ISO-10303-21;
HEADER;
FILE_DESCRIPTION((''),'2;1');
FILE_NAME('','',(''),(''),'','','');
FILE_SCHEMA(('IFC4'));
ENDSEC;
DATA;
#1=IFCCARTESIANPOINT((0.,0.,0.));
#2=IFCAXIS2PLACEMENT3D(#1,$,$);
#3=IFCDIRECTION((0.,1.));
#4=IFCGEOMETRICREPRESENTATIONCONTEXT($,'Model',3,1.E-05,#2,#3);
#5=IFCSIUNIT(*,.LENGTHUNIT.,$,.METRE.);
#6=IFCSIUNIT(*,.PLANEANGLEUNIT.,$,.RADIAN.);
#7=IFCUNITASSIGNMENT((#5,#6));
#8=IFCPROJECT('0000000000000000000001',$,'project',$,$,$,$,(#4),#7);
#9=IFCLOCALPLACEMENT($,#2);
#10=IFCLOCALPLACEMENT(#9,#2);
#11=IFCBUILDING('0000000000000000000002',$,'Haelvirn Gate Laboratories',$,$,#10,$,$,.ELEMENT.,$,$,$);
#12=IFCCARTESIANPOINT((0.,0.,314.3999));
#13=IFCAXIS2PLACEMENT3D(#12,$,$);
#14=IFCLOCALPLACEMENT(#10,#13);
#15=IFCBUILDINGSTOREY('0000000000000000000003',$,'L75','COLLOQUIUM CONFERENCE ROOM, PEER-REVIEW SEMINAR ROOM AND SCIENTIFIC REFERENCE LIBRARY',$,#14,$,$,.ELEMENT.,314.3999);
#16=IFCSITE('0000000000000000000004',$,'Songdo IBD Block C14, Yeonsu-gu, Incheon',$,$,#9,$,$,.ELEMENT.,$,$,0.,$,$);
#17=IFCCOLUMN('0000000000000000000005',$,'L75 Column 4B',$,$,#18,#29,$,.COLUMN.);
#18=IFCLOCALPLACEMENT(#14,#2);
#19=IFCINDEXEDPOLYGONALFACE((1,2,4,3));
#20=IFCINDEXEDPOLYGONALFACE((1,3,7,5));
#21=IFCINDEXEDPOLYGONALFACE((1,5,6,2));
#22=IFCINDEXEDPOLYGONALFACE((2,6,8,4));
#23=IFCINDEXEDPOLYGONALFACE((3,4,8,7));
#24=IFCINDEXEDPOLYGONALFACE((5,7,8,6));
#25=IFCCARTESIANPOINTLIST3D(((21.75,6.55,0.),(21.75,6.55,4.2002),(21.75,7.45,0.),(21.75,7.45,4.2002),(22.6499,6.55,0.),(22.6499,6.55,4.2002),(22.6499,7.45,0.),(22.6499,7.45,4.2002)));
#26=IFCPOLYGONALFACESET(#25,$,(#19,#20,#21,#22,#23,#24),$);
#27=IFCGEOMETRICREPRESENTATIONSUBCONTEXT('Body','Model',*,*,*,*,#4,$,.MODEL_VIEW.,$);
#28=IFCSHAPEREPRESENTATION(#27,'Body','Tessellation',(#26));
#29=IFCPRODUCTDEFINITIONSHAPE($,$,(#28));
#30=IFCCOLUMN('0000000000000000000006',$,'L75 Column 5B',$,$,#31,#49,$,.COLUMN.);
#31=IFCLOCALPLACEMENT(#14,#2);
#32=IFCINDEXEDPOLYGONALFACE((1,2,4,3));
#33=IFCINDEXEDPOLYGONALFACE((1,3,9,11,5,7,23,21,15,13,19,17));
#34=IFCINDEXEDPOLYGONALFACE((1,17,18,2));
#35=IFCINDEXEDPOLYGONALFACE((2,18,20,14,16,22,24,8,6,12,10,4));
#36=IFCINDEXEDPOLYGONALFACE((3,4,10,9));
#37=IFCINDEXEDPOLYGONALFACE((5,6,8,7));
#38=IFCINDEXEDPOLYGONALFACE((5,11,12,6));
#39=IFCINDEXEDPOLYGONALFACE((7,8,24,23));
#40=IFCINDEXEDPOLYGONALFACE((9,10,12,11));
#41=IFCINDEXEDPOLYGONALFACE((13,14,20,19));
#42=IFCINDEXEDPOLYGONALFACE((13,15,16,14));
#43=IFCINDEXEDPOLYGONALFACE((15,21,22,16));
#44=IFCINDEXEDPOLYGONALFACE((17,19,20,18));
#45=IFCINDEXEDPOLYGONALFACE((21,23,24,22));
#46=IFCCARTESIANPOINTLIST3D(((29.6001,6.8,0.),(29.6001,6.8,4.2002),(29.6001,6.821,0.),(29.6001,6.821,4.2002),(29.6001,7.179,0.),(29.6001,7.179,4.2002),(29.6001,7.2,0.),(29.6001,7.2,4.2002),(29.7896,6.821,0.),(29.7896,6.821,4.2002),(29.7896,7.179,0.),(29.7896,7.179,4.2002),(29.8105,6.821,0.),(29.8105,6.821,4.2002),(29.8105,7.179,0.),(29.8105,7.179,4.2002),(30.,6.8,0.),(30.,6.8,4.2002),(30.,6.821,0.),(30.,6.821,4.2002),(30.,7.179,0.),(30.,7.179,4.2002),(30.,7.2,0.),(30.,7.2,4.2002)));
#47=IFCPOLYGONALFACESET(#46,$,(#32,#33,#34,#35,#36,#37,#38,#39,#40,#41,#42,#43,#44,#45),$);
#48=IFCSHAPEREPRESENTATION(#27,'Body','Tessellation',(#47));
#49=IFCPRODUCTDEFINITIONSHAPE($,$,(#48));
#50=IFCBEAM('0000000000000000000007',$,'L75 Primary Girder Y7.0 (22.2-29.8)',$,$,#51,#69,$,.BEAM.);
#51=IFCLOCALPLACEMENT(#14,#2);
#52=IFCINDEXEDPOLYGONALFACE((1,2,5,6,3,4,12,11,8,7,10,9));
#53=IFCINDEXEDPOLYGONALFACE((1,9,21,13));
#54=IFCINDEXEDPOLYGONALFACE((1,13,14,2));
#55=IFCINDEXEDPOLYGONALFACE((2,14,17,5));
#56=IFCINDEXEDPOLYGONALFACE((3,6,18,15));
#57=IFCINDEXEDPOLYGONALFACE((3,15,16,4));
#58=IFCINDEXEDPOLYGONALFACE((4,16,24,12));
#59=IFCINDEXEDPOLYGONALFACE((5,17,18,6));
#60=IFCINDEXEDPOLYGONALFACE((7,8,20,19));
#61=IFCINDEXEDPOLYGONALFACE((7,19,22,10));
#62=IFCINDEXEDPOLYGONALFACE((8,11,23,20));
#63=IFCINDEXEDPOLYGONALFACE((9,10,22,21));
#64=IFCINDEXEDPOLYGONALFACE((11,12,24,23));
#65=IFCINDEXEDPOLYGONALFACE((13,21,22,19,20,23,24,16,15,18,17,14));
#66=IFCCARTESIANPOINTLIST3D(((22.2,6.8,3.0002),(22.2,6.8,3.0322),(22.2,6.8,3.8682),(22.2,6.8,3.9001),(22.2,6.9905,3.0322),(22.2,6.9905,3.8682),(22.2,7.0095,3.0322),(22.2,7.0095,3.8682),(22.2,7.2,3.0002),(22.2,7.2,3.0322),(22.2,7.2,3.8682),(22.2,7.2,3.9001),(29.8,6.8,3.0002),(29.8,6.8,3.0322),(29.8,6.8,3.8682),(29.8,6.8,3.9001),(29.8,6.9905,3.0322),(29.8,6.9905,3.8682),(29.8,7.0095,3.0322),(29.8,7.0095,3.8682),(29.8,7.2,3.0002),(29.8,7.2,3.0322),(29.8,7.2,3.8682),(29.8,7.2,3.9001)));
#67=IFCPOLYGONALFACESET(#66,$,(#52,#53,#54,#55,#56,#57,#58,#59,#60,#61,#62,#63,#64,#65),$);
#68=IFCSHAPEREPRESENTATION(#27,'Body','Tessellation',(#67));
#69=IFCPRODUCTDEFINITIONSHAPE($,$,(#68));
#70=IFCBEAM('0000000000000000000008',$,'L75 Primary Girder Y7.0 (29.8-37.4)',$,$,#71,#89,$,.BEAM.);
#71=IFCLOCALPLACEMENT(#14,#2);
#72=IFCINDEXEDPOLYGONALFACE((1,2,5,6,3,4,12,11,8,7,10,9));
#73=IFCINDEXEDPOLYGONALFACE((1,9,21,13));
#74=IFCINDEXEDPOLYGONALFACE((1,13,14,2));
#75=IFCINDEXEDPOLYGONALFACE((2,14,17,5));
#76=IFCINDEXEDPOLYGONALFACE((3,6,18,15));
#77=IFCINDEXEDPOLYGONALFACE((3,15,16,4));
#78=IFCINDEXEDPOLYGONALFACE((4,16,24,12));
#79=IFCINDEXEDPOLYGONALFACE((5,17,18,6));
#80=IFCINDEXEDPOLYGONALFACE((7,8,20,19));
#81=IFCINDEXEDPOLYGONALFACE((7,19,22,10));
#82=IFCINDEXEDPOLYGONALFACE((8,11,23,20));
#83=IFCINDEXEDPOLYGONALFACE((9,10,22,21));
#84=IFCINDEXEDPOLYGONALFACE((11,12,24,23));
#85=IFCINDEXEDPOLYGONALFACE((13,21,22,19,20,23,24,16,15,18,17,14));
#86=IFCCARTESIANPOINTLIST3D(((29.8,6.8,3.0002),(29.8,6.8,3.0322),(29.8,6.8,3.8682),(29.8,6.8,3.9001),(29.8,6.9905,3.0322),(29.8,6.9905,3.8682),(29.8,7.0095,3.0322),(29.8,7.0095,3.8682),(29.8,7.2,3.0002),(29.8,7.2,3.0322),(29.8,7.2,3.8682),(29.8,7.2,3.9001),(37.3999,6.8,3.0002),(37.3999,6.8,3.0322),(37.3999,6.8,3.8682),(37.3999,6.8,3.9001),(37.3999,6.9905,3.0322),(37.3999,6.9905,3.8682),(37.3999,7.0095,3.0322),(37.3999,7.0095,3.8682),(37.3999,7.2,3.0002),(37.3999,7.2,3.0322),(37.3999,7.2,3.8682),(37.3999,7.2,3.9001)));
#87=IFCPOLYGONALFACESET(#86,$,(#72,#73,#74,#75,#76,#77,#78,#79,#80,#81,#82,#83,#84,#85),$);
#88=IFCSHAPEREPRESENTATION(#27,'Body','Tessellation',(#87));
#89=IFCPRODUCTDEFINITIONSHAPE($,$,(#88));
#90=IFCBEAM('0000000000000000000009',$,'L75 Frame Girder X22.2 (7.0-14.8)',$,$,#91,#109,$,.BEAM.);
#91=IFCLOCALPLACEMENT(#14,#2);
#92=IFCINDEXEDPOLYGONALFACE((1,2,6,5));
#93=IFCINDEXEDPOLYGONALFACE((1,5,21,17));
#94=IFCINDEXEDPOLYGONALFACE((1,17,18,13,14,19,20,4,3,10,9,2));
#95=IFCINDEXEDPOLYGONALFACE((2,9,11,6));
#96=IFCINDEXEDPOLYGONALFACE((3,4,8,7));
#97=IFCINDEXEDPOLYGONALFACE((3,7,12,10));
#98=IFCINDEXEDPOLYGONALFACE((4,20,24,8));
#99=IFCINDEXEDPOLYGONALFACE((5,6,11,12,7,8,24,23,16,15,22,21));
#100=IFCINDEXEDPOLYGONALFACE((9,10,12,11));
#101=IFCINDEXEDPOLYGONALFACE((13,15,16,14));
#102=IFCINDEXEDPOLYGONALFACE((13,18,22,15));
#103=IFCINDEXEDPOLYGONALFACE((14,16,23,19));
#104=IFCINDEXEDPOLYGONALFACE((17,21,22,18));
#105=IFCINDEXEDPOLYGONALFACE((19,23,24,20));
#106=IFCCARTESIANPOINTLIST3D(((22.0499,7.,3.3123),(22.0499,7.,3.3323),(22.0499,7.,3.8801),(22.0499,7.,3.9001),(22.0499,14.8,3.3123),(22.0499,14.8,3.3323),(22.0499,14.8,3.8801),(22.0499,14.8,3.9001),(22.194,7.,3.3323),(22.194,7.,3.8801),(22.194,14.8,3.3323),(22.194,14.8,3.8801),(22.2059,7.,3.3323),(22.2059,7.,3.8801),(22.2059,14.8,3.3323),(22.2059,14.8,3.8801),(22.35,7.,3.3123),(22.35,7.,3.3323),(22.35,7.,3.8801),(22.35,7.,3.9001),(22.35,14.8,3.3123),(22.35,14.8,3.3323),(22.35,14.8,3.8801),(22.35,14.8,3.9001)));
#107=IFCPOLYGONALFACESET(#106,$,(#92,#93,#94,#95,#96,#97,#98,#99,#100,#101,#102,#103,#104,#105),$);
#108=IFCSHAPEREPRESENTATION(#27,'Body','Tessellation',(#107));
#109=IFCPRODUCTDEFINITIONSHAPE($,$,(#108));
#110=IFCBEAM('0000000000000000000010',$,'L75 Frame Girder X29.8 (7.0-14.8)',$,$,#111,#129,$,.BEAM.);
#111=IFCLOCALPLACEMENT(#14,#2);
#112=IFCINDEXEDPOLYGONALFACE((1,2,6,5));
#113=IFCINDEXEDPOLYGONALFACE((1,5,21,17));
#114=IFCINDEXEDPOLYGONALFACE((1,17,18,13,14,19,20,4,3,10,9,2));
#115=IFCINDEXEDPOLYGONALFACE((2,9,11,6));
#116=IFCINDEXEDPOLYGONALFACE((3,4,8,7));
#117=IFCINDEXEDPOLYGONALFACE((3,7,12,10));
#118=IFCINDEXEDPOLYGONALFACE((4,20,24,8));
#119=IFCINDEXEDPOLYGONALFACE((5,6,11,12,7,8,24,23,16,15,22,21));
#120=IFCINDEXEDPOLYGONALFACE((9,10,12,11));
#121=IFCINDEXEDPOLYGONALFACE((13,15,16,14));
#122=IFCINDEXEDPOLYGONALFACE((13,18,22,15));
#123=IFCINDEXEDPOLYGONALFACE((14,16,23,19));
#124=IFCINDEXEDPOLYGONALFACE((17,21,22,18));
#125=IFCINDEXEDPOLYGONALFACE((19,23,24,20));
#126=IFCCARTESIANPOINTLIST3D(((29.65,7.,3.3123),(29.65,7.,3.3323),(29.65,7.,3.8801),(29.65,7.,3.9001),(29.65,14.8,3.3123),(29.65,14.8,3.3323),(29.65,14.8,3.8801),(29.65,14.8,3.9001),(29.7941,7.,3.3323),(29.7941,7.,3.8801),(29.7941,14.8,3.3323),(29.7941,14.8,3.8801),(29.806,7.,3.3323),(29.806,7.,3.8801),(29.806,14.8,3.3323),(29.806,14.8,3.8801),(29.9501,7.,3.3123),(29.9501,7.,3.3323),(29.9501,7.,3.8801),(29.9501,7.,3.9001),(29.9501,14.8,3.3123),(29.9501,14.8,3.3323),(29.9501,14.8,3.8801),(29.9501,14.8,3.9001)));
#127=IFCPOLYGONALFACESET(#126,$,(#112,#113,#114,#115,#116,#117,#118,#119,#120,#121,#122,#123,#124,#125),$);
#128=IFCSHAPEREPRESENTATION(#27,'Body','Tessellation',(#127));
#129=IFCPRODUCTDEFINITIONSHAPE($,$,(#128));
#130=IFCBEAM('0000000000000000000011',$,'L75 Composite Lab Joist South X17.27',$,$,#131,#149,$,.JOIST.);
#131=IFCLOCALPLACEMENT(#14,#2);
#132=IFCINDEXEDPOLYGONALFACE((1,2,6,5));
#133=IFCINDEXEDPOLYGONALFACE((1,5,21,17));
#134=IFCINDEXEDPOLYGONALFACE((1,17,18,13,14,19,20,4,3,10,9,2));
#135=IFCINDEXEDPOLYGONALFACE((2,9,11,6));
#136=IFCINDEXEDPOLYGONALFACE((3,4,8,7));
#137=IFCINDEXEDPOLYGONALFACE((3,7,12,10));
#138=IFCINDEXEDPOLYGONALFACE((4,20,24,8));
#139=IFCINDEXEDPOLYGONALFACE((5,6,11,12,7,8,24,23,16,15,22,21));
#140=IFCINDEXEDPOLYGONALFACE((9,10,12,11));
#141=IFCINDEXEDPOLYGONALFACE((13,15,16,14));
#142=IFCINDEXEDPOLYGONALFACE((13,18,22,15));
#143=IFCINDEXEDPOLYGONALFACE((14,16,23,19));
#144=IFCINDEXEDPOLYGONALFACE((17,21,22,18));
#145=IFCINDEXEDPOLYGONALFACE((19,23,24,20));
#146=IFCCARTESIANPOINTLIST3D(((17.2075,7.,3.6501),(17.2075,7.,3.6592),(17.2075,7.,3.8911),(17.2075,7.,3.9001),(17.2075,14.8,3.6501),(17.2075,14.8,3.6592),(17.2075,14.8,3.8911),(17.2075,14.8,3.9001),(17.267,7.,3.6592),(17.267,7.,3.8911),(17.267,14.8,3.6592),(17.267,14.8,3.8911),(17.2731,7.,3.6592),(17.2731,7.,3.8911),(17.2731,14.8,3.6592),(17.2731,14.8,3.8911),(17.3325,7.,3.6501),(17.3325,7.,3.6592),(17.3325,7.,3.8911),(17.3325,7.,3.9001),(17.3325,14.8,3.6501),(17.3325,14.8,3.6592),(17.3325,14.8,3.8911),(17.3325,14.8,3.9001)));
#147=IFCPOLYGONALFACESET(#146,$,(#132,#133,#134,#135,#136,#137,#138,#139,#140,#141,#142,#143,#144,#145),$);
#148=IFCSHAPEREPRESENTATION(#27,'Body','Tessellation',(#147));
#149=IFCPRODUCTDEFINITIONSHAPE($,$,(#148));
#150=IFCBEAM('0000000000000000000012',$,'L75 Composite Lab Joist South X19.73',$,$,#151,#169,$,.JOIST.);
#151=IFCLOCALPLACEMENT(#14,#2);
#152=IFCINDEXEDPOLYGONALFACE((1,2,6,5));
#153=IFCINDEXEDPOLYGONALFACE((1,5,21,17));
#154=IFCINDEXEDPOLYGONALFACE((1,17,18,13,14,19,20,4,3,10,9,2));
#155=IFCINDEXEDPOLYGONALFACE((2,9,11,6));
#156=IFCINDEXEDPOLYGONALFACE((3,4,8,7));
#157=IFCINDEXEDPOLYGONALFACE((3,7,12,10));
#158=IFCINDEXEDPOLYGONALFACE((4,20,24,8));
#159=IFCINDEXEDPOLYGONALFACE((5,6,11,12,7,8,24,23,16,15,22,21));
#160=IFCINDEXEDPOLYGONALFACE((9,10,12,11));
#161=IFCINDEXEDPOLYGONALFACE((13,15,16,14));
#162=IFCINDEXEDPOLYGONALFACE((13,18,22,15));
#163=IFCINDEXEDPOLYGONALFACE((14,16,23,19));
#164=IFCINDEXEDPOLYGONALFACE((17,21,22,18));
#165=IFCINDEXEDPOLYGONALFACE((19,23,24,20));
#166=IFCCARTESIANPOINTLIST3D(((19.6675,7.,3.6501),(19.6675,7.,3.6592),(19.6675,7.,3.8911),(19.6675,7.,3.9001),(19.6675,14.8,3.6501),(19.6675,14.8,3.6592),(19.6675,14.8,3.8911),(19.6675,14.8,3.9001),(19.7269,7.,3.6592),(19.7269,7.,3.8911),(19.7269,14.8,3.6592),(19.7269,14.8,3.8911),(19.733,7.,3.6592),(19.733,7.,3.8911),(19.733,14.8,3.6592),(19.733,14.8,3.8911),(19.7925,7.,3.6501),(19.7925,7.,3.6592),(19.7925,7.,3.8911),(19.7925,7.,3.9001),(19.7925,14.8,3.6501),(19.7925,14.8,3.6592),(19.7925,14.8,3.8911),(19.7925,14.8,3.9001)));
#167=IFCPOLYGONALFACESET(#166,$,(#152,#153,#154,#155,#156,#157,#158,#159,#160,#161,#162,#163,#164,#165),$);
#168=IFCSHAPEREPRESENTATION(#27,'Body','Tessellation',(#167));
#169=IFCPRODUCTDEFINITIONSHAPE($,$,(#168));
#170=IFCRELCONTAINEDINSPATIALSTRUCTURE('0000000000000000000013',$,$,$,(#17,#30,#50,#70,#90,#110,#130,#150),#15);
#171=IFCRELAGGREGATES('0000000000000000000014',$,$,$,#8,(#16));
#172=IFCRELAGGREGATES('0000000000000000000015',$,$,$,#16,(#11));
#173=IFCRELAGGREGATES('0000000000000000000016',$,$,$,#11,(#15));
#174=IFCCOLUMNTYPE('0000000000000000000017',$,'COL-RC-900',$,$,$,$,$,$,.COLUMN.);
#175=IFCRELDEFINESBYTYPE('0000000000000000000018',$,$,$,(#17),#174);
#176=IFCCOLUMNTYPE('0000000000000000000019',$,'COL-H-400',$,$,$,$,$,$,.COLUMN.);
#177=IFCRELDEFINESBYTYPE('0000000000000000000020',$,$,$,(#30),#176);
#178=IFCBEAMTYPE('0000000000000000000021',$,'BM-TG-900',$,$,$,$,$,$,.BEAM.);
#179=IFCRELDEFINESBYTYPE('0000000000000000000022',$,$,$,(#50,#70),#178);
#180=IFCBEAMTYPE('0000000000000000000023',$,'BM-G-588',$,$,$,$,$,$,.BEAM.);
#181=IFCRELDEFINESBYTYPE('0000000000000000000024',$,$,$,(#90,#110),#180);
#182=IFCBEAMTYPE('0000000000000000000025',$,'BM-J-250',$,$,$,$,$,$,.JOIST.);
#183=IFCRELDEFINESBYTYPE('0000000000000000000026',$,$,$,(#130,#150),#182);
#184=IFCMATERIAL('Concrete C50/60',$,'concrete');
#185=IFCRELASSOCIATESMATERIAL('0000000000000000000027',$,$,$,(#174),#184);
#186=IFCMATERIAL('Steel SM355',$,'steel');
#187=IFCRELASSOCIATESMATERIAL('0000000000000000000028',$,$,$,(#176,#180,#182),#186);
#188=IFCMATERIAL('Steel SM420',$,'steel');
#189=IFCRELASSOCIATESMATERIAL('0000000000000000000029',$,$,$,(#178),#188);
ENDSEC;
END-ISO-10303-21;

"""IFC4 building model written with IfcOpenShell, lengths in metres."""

from ifc_helpers import new_model, si_unit, direction, frame, origin, origin_2d, place, context, subcontext, project, spatial, rectangle, i_section, extrude, source, transform, mapped, material, material_profile, profile_set, type_object, type_shapes, element, save


model = new_model("IFC4")

# Units and contexts
model_context = context("Model", 3, precision=1e-05, world=origin(), true_north=direction((0.0, 1.0)))
body_context = subcontext(model_context, "Body", "Model", "MODEL_VIEW")
ifc_project = project(units=[si_unit("LENGTHUNIT", "METRE"), si_unit("PLANEANGLEUNIT", "RADIAN")], contexts=[model_context])

# Site, building, storey
site_placement = place(None, origin())
site = spatial("IfcSite", under=ifc_project, at=site_placement, Name="Songdo IBD Block C14, Yeonsu-gu, Incheon", CompositionType="ELEMENT", RefElevation=0.0)
building_placement = place(site_placement, origin())
building = spatial("IfcBuilding", under=site, at=building_placement, Name="Haelvirn Gate Laboratories", CompositionType="ELEMENT")
storey_placement = place(building_placement, frame((0.0, 0.0, 314.3999)))
storey = spatial("IfcBuildingStorey", under=building, at=storey_placement, Name="L75", Description="COLLOQUIUM CONFERENCE ROOM, PEER-REVIEW SEMINAR ROOM AND SCIENTIFIC REFERENCE LIBRARY", CompositionType="ELEMENT", Elevation=314.3999)

# Columns
ifc_material_1 = material(Name="Concrete C50/60", Category="concrete")
ifc_material_profile_1 = material_profile(ifc_material_1, rectangle(XDim=0.8999, YDim=0.8999, at=origin_2d()), Name="RC-900x900")
ifc_profile_set_1 = profile_set([ifc_material_profile_1], Name="Concrete C50/60")
column_type_1 = type_object("IfcColumnType", Name="COL-RC-900", PredefinedType="COLUMN", material=ifc_profile_set_1)
shared_shape_1 = source(origin(), body_context, "Body", "SweptSolid", [
    extrude(rectangle(XDim=0.8999, YDim=0.8999, at=origin_2d()), origin(), (0.0, 0.0, 1.0), 4.2002),
])
type_shapes(column_type_1, [shared_shape_1])
column_1_placement = place(storey_placement, frame((22.2, 7.0, 0.0), z_axis=(0.0, 0.0, 1.0), x_axis=(1.0, 0.0, 0.0)))
element("IfcColumn", 1, at=column_1_placement, inside=storey, type_object=column_type_1, Name="L75 Column 4B", PredefinedType="COLUMN", context=body_context, shape_type="MappedRepresentation", body=[
    mapped(shared_shape_1, transform((0.0, 0.0, 0.0), scale=1.0)),
])
ifc_material_2 = material(Name="Steel SM355", Category="steel")
ifc_material_profile_2 = material_profile(ifc_material_2, i_section(OverallWidth=0.3999, OverallDepth=0.3999, WebThickness=0.021, FlangeThickness=0.021, at=origin_2d()), Name="H-400x400x21x21")
ifc_profile_set_2 = profile_set([ifc_material_profile_2], Name="Steel SM355")
column_type_2 = type_object("IfcColumnType", Name="COL-H-400", PredefinedType="COLUMN", material=ifc_profile_set_2)
shared_shape_2 = source(origin(), body_context, "Body", "SweptSolid", [
    extrude(i_section(OverallWidth=0.3999, OverallDepth=0.3999, WebThickness=0.021, FlangeThickness=0.021, at=origin_2d()), origin(), (0.0, 0.0, 1.0), 4.2002),
])
type_shapes(column_type_2, [shared_shape_2])
column_2_placement = place(storey_placement, frame((29.8, 7.0, 0.0), z_axis=(0.0, 0.0, 1.0), x_axis=(1.0, 0.0, 0.0)))
element("IfcColumn", 2, at=column_2_placement, inside=storey, type_object=column_type_2, Name="L75 Column 5B", PredefinedType="COLUMN", context=body_context, shape_type="MappedRepresentation", body=[
    mapped(shared_shape_2, transform((0.0, 0.0, 0.0), scale=1.0)),
])

# Beams
ifc_material_3 = material(Name="Steel SM420", Category="steel")
ifc_material_profile_3 = material_profile(ifc_material_3, i_section(OverallWidth=0.3999, OverallDepth=0.8999, WebThickness=0.019, FlangeThickness=0.032, at=origin_2d()), Name="H-900x400x19x32")
ifc_profile_set_3 = profile_set([ifc_material_profile_3], Name="Steel SM420")
beam_type_1 = type_object("IfcBeamType", Name="BM-TG-900", PredefinedType="BEAM", material=ifc_profile_set_3)
shared_shape_3 = source(origin(), body_context, "Body", "SweptSolid", [
    extrude(i_section(OverallWidth=0.3999, OverallDepth=0.8999, WebThickness=0.019, FlangeThickness=0.032, at=origin_2d()), origin(), (0.0, 0.0, 1.0), 7.6001),
])
beam_1_placement = place(storey_placement, frame((22.2, 7.0, 3.4502), z_axis=(1.0, 0.0, 0.0), x_axis=(0.0, 1.0, 0.0)))
element("IfcBeam", 3, at=beam_1_placement, inside=storey, type_object=beam_type_1, Name="L75 Primary Girder Y7.0 (22.2-29.8)", PredefinedType="BEAM", context=body_context, shape_type="MappedRepresentation", body=[
    mapped(shared_shape_3, transform((0.0, 0.0, 0.0), scale=1.0)),
])
shared_shape_4 = source(origin(), body_context, "Body", "SweptSolid", [
    extrude(i_section(OverallWidth=0.3999, OverallDepth=0.8999, WebThickness=0.019, FlangeThickness=0.032, at=origin_2d()), origin(), (0.0, 0.0, 1.0), 7.5999),
])
type_shapes(beam_type_1, [shared_shape_3, shared_shape_4])
beam_2_placement = place(storey_placement, frame((29.8, 7.0, 3.4502), z_axis=(1.0, 0.0, 0.0), x_axis=(0.0, 1.0, 0.0)))
element("IfcBeam", 4, at=beam_2_placement, inside=storey, type_object=beam_type_1, Name="L75 Primary Girder Y7.0 (29.8-37.4)", PredefinedType="BEAM", context=body_context, shape_type="MappedRepresentation", body=[
    mapped(shared_shape_4, transform((0.0, 0.0, 0.0), scale=1.0)),
])
ifc_material_profile_4 = material_profile(ifc_material_2, i_section(OverallWidth=0.3, OverallDepth=0.5879, WebThickness=0.012, FlangeThickness=0.02, at=origin_2d()), Name="H-588x300x12x20")
ifc_profile_set_4 = profile_set([ifc_material_profile_4], Name="Steel SM355")
beam_type_2 = type_object("IfcBeamType", Name="BM-G-588", PredefinedType="BEAM", material=ifc_profile_set_4)
shared_shape_5 = source(origin(), body_context, "Body", "SweptSolid", [
    extrude(i_section(OverallWidth=0.3, OverallDepth=0.5879, WebThickness=0.012, FlangeThickness=0.02, at=origin_2d()), origin(), (0.0, 0.0, 1.0), 7.8),
])
type_shapes(beam_type_2, [shared_shape_5])
for number, where, z_axis, x_axis, name in (
    (5, (22.2, 7.0, 3.6062), (0.0, 1.0, 0.0), (-1.0, 0.0, 0.0), "L75 Frame Girder X22.2 (7.0-14.8)"),
    (6, (29.8, 7.0, 3.6062), (0.0, 1.0, 0.0), (-1.0, 0.0, 0.0), "L75 Frame Girder X29.8 (7.0-14.8)"),
):
    element("IfcBeam", number, at=place(storey_placement, frame(where, z_axis=z_axis, x_axis=x_axis)), inside=storey, type_object=beam_type_2, Name=name, PredefinedType="BEAM", context=body_context, shape_type="MappedRepresentation", body=[
        mapped(shared_shape_5, transform((0.0, 0.0, 0.0), scale=1.0)),
    ])
ifc_material_profile_5 = material_profile(ifc_material_2, i_section(OverallWidth=0.125, OverallDepth=0.25, WebThickness=0.0061, FlangeThickness=0.009, at=origin_2d()), Name="H-250x125x6x9")
ifc_profile_set_5 = profile_set([ifc_material_profile_5], Name="Steel SM355")
beam_type_3 = type_object("IfcBeamType", Name="BM-J-250", PredefinedType="JOIST", material=ifc_profile_set_5)
shared_shape_6 = source(origin(), body_context, "Body", "SweptSolid", [
    extrude(i_section(OverallWidth=0.125, OverallDepth=0.25, WebThickness=0.0061, FlangeThickness=0.009, at=origin_2d()), origin(), (0.0, 0.0, 1.0), 7.8),
])
type_shapes(beam_type_3, [shared_shape_6])
for number, where, z_axis, x_axis, name in (
    (7, (17.27, 7.0, 3.7751), (0.0, 1.0, 0.0), (-1.0, 0.0, 0.0), "L75 Composite Lab Joist South X17.27"),
    (8, (19.73, 7.0, 3.7751), (0.0, 1.0, 0.0), (-1.0, 0.0, 0.0), "L75 Composite Lab Joist South X19.73"),
):
    element("IfcBeam", number, at=place(storey_placement, frame(where, z_axis=z_axis, x_axis=x_axis)), inside=storey, type_object=beam_type_3, Name=name, PredefinedType="JOIST", context=body_context, shape_type="MappedRepresentation", body=[
        mapped(shared_shape_6, transform((0.0, 0.0, 0.0), scale=1.0)),
    ])

save(model, "model.ifc")
